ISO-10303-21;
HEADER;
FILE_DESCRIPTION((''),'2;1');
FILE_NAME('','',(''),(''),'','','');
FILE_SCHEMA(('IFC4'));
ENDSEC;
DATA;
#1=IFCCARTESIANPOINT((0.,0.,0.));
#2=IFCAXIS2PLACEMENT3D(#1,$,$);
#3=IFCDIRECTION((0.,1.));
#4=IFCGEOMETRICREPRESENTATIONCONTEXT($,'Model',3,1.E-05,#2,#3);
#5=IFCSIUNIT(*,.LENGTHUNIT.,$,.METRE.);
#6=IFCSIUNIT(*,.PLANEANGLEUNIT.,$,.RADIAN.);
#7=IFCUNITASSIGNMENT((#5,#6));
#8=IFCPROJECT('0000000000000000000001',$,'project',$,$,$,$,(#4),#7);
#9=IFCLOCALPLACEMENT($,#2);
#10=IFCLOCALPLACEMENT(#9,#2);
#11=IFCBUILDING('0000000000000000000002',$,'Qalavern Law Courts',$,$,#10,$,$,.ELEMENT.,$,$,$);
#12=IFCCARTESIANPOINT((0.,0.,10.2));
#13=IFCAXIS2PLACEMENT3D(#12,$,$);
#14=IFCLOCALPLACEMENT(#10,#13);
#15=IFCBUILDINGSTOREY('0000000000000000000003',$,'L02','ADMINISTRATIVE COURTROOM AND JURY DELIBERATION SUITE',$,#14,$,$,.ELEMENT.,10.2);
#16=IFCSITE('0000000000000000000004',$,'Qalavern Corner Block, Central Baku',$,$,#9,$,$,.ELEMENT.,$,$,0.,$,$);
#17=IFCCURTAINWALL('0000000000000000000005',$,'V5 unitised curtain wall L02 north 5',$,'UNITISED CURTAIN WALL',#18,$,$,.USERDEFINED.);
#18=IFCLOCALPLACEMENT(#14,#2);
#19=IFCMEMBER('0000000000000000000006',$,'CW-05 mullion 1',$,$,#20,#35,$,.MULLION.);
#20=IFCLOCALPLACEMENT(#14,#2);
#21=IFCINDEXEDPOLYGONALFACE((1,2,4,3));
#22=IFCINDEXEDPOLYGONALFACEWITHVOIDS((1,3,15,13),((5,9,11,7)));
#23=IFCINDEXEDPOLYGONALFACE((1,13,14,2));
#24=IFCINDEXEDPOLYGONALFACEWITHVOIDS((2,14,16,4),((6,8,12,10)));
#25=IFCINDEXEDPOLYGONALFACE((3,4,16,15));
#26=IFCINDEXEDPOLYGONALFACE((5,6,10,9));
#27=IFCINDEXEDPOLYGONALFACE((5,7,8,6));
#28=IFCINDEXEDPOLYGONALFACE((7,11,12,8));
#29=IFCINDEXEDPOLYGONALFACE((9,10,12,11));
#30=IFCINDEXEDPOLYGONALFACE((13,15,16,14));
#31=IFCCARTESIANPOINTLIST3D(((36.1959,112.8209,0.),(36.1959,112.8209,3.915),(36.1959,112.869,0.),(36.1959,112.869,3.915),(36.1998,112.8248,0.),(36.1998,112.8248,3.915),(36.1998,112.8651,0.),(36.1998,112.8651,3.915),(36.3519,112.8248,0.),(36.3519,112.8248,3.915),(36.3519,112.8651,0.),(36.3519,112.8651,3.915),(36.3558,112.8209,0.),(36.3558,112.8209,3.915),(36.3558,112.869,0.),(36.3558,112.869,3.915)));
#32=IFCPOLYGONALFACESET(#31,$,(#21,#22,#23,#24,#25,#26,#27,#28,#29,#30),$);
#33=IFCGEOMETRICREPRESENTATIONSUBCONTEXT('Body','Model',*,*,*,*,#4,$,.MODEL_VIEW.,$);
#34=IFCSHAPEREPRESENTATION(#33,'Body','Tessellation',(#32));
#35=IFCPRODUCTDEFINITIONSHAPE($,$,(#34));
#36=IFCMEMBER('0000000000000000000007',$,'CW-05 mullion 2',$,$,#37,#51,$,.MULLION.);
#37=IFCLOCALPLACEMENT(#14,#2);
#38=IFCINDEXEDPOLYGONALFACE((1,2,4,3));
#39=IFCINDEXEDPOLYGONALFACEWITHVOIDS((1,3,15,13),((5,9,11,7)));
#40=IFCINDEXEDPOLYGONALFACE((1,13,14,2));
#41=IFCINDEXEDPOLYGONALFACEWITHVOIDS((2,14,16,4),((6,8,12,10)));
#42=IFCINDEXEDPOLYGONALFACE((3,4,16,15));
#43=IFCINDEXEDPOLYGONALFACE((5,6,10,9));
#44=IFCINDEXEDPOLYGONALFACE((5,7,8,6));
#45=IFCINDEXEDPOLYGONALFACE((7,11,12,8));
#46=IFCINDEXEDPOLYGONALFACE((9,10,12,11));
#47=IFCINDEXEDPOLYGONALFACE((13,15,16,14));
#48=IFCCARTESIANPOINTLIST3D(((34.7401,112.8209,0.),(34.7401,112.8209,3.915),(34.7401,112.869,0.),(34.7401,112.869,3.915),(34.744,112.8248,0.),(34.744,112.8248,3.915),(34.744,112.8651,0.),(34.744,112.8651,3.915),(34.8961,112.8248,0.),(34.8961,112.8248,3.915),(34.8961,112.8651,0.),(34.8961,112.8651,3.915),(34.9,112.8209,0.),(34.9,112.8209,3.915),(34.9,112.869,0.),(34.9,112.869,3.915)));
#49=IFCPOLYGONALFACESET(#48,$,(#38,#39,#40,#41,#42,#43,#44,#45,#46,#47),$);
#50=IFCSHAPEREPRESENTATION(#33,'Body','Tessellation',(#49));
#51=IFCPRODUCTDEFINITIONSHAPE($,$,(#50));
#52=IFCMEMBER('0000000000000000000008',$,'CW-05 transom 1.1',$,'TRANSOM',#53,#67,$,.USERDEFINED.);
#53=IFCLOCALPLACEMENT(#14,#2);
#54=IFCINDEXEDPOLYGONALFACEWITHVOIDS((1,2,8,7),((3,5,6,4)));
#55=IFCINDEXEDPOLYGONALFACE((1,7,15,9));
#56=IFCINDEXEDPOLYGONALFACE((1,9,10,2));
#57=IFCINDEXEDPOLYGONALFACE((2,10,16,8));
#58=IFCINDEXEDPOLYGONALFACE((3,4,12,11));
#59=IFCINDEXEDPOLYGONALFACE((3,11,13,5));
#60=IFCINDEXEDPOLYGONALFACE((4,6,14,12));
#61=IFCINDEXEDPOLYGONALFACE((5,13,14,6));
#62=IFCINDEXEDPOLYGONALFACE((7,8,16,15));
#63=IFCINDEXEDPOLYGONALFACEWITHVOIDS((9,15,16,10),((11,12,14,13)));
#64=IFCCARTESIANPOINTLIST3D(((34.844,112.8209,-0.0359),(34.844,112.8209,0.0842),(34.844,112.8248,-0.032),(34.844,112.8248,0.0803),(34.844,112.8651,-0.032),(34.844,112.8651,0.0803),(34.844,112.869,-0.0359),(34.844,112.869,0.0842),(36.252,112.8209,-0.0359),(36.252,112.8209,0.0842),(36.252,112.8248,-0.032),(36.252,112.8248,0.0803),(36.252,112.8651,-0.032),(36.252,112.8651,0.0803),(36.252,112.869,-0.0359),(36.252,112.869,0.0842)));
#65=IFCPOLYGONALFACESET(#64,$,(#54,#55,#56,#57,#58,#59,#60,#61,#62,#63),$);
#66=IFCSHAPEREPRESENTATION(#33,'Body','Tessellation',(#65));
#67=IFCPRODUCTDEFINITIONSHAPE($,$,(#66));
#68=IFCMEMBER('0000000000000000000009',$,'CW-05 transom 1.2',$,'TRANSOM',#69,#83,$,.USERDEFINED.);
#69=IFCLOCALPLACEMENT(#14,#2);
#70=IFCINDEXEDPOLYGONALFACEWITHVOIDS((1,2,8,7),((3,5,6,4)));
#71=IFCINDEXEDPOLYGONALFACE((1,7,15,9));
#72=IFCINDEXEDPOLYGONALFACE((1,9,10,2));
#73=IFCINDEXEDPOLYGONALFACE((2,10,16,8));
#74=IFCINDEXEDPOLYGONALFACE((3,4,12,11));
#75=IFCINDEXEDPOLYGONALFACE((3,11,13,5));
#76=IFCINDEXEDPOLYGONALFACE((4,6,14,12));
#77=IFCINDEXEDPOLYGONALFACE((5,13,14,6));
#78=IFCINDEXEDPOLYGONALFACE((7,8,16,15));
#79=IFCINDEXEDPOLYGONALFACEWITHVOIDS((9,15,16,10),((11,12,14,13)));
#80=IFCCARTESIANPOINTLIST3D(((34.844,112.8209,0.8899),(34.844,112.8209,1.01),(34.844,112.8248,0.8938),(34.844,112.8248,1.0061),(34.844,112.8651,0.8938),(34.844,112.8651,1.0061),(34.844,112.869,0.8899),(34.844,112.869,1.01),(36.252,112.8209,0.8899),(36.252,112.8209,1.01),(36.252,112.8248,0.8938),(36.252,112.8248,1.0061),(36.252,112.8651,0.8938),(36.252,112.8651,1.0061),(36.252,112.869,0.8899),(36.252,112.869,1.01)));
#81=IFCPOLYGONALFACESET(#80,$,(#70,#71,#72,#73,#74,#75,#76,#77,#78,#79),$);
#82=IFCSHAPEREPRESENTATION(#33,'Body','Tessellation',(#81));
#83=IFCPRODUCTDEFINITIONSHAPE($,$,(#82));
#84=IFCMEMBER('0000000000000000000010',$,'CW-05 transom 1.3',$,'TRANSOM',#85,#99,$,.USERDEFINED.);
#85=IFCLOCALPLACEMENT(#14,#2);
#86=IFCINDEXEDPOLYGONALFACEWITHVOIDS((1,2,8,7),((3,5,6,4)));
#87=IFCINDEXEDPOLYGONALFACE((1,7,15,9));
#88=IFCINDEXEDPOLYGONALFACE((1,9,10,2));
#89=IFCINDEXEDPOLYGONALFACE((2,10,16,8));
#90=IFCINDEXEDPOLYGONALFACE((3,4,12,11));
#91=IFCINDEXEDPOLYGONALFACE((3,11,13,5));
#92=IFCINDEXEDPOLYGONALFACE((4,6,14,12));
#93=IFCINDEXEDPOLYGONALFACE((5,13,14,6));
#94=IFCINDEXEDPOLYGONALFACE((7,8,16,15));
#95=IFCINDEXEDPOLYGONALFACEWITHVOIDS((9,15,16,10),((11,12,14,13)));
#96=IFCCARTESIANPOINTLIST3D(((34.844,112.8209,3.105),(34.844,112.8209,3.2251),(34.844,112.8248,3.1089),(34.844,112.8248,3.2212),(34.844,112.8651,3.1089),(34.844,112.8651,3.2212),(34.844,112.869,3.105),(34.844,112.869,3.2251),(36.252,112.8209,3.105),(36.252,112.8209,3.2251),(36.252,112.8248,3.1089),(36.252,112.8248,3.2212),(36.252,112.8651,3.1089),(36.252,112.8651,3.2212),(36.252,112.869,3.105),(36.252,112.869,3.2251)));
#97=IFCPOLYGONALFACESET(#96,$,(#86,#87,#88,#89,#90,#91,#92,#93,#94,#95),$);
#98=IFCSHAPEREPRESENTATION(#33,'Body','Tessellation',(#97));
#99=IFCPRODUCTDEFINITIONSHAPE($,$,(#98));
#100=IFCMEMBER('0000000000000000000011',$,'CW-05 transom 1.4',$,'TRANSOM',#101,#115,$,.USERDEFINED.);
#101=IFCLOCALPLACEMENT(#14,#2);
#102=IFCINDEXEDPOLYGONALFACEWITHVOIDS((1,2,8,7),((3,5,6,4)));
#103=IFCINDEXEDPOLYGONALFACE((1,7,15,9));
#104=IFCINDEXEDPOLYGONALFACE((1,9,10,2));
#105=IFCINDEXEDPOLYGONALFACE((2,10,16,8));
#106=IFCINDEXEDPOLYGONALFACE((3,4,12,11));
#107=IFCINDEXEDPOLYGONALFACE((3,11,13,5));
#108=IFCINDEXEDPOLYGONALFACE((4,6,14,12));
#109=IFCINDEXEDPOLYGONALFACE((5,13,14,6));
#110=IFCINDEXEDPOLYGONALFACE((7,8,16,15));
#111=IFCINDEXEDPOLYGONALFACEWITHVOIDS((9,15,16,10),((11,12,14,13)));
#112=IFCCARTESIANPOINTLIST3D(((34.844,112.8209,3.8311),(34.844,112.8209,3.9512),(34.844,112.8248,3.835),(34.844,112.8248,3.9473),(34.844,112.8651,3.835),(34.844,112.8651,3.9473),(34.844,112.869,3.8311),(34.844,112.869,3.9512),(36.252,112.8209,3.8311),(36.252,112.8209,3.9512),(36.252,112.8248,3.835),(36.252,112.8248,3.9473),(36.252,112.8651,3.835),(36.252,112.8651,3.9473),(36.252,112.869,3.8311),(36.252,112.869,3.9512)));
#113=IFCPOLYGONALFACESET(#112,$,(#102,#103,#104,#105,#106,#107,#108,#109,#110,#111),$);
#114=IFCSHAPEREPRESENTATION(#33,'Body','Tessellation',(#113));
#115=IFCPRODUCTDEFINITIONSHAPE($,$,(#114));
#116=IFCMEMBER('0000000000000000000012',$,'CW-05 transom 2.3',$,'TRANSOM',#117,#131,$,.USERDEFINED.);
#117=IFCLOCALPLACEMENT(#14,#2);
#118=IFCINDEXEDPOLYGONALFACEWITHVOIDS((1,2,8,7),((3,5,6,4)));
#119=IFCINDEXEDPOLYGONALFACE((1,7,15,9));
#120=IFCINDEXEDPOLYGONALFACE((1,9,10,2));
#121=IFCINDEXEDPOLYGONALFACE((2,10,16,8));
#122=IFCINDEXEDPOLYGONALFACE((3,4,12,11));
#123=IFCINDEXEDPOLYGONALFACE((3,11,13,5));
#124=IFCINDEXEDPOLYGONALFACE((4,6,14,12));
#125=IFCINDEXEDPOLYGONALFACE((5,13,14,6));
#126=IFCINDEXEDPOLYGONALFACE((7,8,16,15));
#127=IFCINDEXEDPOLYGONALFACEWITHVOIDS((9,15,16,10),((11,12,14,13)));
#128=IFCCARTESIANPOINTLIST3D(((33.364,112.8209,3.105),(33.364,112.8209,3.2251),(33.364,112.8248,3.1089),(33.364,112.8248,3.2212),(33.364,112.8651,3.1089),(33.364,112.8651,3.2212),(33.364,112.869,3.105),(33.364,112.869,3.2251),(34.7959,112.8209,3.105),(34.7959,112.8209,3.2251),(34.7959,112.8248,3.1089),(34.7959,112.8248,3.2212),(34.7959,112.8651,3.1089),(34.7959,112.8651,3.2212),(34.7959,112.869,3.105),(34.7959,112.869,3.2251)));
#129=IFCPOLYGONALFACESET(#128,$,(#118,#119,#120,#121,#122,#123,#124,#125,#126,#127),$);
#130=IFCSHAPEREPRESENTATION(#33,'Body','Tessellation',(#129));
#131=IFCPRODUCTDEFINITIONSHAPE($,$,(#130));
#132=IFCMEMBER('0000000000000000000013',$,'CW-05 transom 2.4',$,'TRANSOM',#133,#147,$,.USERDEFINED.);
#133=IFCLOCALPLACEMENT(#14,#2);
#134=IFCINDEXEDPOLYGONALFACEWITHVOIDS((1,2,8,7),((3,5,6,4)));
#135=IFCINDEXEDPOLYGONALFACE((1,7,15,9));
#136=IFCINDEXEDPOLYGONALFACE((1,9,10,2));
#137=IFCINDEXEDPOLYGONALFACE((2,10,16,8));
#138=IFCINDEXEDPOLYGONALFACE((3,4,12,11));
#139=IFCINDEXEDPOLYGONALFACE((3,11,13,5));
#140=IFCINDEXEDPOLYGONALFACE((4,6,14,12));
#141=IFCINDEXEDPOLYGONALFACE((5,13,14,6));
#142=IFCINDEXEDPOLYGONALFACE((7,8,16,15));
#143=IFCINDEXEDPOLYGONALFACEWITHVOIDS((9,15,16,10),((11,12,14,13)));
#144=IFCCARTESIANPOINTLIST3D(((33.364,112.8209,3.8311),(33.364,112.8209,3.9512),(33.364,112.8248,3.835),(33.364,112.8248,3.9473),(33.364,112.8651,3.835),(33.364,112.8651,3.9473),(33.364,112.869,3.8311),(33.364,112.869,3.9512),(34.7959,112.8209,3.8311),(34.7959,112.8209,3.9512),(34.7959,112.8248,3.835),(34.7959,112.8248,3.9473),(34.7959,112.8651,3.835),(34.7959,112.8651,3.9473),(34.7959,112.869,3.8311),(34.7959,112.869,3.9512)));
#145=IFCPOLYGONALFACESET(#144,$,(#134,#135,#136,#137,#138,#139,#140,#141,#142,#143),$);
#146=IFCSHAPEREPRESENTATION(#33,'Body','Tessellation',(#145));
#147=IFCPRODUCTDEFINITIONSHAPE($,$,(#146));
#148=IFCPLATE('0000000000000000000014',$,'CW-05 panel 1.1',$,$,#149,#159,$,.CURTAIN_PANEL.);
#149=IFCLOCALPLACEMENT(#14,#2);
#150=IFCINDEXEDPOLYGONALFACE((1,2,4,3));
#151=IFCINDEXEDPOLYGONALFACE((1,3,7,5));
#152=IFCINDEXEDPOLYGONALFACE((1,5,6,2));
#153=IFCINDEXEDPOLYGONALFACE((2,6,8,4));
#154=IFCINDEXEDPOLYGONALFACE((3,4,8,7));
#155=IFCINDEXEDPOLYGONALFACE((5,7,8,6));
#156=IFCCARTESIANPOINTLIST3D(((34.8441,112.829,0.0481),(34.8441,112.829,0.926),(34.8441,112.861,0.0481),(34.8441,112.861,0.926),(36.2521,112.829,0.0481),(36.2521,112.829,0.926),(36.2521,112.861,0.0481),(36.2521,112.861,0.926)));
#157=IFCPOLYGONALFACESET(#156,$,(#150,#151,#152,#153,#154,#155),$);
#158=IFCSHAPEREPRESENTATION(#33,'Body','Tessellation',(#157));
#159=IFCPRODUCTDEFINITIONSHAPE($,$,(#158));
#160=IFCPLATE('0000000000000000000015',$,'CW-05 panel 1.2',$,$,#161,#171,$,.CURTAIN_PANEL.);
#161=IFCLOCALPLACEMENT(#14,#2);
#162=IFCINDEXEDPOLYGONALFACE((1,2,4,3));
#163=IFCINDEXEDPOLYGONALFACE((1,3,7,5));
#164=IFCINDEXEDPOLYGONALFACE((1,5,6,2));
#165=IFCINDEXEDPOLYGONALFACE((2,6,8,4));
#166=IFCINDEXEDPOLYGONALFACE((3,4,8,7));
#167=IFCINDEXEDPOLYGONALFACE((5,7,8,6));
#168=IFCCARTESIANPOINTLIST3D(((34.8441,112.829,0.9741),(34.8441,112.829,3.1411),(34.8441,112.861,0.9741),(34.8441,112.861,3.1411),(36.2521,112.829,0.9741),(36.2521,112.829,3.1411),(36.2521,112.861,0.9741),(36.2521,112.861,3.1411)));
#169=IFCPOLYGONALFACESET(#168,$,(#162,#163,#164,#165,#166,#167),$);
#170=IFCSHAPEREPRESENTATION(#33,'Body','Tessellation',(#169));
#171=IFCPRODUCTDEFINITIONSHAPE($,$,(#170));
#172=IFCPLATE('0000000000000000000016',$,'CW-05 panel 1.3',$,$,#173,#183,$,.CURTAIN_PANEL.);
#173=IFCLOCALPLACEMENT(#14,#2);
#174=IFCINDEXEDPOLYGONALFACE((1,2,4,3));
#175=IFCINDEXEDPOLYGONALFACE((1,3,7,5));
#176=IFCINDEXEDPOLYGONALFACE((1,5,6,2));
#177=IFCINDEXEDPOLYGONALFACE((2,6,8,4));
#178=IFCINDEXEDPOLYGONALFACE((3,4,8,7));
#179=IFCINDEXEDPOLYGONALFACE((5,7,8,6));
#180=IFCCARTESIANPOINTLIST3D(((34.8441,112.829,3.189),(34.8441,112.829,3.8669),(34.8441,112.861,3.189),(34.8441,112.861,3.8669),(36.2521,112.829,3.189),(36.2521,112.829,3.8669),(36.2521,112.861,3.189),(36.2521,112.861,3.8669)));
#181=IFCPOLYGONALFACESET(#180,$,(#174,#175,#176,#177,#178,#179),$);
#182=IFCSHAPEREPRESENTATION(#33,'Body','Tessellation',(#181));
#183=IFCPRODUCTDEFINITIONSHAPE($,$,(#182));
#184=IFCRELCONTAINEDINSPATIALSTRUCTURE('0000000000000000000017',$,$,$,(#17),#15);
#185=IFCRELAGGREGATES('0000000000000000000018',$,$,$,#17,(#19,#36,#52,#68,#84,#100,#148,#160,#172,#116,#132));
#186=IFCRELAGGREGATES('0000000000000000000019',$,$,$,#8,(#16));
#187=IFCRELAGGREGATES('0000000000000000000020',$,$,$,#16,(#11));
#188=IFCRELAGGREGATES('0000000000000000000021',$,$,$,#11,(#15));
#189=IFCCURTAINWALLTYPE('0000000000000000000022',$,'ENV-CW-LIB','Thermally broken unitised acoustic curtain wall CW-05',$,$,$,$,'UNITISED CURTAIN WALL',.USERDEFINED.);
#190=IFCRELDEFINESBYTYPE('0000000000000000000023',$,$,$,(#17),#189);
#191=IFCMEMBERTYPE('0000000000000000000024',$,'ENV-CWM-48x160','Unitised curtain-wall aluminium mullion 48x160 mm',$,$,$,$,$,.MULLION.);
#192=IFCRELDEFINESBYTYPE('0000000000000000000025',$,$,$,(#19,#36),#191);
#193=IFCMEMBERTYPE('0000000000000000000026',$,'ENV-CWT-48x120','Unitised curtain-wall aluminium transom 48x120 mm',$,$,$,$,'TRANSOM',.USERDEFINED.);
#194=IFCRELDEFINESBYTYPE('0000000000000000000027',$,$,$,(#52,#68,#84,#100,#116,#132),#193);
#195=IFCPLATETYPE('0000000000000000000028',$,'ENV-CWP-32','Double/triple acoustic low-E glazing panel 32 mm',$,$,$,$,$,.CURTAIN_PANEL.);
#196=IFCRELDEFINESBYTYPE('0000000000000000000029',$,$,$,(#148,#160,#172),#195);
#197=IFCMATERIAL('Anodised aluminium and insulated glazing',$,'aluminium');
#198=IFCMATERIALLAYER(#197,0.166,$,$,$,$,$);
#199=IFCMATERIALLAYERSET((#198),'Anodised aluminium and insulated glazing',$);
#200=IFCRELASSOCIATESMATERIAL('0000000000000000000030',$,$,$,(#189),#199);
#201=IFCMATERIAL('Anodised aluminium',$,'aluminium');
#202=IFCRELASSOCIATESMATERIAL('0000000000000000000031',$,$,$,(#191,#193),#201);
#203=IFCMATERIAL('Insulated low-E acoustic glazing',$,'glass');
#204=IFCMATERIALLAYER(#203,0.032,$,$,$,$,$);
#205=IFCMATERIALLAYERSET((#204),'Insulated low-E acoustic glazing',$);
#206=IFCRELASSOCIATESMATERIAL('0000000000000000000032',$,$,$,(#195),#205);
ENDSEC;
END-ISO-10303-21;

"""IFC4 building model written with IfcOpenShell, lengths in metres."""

from ifc_helpers import new_model, si_unit, direction, frame, origin, origin_2d, place, context, subcontext, project, spatial, rectangle, hollow_rectangle, extrude, material, layer, layer_set, material_profile, profile_set, type_object, element, aggregate, save


model = new_model("IFC4")

# Units and contexts
model_context = context("Model", 3, precision=1e-05, world=origin(), true_north=direction((0.0, 1.0)))
body_context = subcontext(model_context, "Body", "Model", "MODEL_VIEW")
ifc_project = project(units=[si_unit("LENGTHUNIT", "METRE"), si_unit("PLANEANGLEUNIT", "RADIAN")], contexts=[model_context])

# Site, building, storey
site_placement = place(None, origin())
site = spatial("IfcSite", under=ifc_project, at=site_placement, Name="Qalavern Corner Block, Central Baku", CompositionType="ELEMENT", RefElevation=0.0)
building_placement = place(site_placement, origin())
building = spatial("IfcBuilding", under=site, at=building_placement, Name="Qalavern Law Courts", CompositionType="ELEMENT")
storey_placement = place(building_placement, frame((0.0, 0.0, 10.2)))
storey = spatial("IfcBuildingStorey", under=building, at=storey_placement, Name="L02", Description="ADMINISTRATIVE COURTROOM AND JURY DELIBERATION SUITE", CompositionType="ELEMENT", Elevation=10.2)

# Curtain wall, members, plates
ifc_material_1 = material(Name="Anodised aluminium and insulated glazing", Category="aluminium")
ifc_layer_1 = layer(ifc_material_1, 0.166)
ifc_layer_set_1 = layer_set([ifc_layer_1], Name="Anodised aluminium and insulated glazing")
curtain_wall_type = type_object("IfcCurtainWallType", Name="ENV-CW-LIB", Description="Thermally broken unitised acoustic curtain wall CW-05", ElementType="UNITISED CURTAIN WALL", PredefinedType="USERDEFINED", material=ifc_layer_set_1)
curtain_wall_placement = place(storey_placement, origin())
curtain_wall = element("IfcCurtainWall", 1, at=curtain_wall_placement, inside=storey, type_object=curtain_wall_type, Name="V5 unitised curtain wall L02 north 5", ObjectType="UNITISED CURTAIN WALL", PredefinedType="USERDEFINED")
ifc_material_2 = material(Name="Anodised aluminium", Category="aluminium")
ifc_material_profile_1 = material_profile(ifc_material_2, hollow_rectangle(XDim=0.0481, YDim=0.1599, WallThickness=0.0039, at=origin_2d()), Name="ALU MULLION 48x160")
ifc_profile_set_1 = profile_set([ifc_material_profile_1], Name="Anodised aluminium")
member_type_1 = type_object("IfcMemberType", Name="ENV-CWM-48x160", Description="Unitised curtain-wall aluminium mullion 48x160 mm", PredefinedType="MULLION", material=ifc_profile_set_1)
member_1_placement = place(storey_placement, frame((36.2759, 112.845, 0.0), z_axis=(0.0, 0.0, 1.0), x_axis=(0.0, -1.0, 0.0)))
member_1 = element("IfcMember", 2, at=member_1_placement, type_object=member_type_1, Name="CW-05 mullion 1", PredefinedType="MULLION", context=body_context, shape_type="SweptSolid", body=[
    extrude(hollow_rectangle(XDim=0.0481, YDim=0.1599, WallThickness=0.0039, at=origin_2d()), origin(), (0.0, 0.0, 1.0), 3.915),
])
member_2_placement = place(storey_placement, frame((34.8201, 112.845, 0.0), z_axis=(0.0, 0.0, 1.0), x_axis=(0.0, -1.0, 0.0)))
member_2 = element("IfcMember", 3, at=member_2_placement, type_object=member_type_1, Name="CW-05 mullion 2", PredefinedType="MULLION", context=body_context, shape_type="SweptSolid", body=[
    extrude(hollow_rectangle(XDim=0.0481, YDim=0.1599, WallThickness=0.0039, at=origin_2d()), origin(), (0.0, 0.0, 1.0), 3.915),
])
ifc_material_profile_2 = material_profile(ifc_material_2, hollow_rectangle(XDim=0.0481, YDim=0.1201, WallThickness=0.0039, at=origin_2d()), Name="ALU TRANSOM 48x120")
ifc_profile_set_2 = profile_set([ifc_material_profile_2], Name="Anodised aluminium")
member_type_2 = type_object("IfcMemberType", Name="ENV-CWT-48x120", Description="Unitised curtain-wall aluminium transom 48x120 mm", ElementType="TRANSOM", PredefinedType="USERDEFINED", material=ifc_profile_set_2)
member_3_placement = place(storey_placement, frame((36.252, 112.845, 0.0242), z_axis=(-1.0, 0.0, 0.0), x_axis=(0.0, -1.0, 0.0)))
member_3 = element("IfcMember", 4, at=member_3_placement, type_object=member_type_2, Name="CW-05 transom 1.1", ObjectType="TRANSOM", PredefinedType="USERDEFINED", context=body_context, shape_type="SweptSolid", body=[
    extrude(hollow_rectangle(XDim=0.0481, YDim=0.1201, WallThickness=0.0039, at=origin_2d()), origin(), (0.0, 0.0, 1.0), 1.408),
])
member_4_placement = place(storey_placement, frame((36.252, 112.845, 0.95), z_axis=(-1.0, 0.0, 0.0), x_axis=(0.0, -1.0, 0.0)))
member_4 = element("IfcMember", 5, at=member_4_placement, type_object=member_type_2, Name="CW-05 transom 1.2", ObjectType="TRANSOM", PredefinedType="USERDEFINED", context=body_context, shape_type="SweptSolid", body=[
    extrude(hollow_rectangle(XDim=0.0481, YDim=0.1201, WallThickness=0.0039, at=origin_2d()), origin(), (0.0, 0.0, 1.0), 1.408),
])
member_5_placement = place(storey_placement, frame((36.252, 112.845, 3.165), z_axis=(-1.0, 0.0, 0.0), x_axis=(0.0, -1.0, 0.0)))
member_5 = element("IfcMember", 6, at=member_5_placement, type_object=member_type_2, Name="CW-05 transom 1.3", ObjectType="TRANSOM", PredefinedType="USERDEFINED", context=body_context, shape_type="SweptSolid", body=[
    extrude(hollow_rectangle(XDim=0.0481, YDim=0.1201, WallThickness=0.0039, at=origin_2d()), origin(), (0.0, 0.0, 1.0), 1.408),
])
member_6_placement = place(storey_placement, frame((36.252, 112.845, 3.8911), z_axis=(-1.0, 0.0, 0.0), x_axis=(0.0, -1.0, 0.0)))
member_6 = element("IfcMember", 7, at=member_6_placement, type_object=member_type_2, Name="CW-05 transom 1.4", ObjectType="TRANSOM", PredefinedType="USERDEFINED", context=body_context, shape_type="SweptSolid", body=[
    extrude(hollow_rectangle(XDim=0.0481, YDim=0.1201, WallThickness=0.0039, at=origin_2d()), origin(), (0.0, 0.0, 1.0), 1.408),
])
member_7_placement = place(storey_placement, frame((34.7959, 112.845, 3.165), z_axis=(-1.0, 0.0, 0.0), x_axis=(0.0, -1.0, 0.0)))
member_7 = element("IfcMember", 8, at=member_7_placement, type_object=member_type_2, Name="CW-05 transom 2.3", ObjectType="TRANSOM", PredefinedType="USERDEFINED", context=body_context, shape_type="SweptSolid", body=[
    extrude(hollow_rectangle(XDim=0.0481, YDim=0.1201, WallThickness=0.0039, at=origin_2d()), origin(), (0.0, 0.0, 1.0), 1.4319),
])
member_8_placement = place(storey_placement, frame((34.7959, 112.845, 3.8911), z_axis=(-1.0, 0.0, 0.0), x_axis=(0.0, -1.0, 0.0)))
member_8 = element("IfcMember", 9, at=member_8_placement, type_object=member_type_2, Name="CW-05 transom 2.4", ObjectType="TRANSOM", PredefinedType="USERDEFINED", context=body_context, shape_type="SweptSolid", body=[
    extrude(hollow_rectangle(XDim=0.0481, YDim=0.1201, WallThickness=0.0039, at=origin_2d()), origin(), (0.0, 0.0, 1.0), 1.4319),
])
ifc_material_3 = material(Name="Insulated low-E acoustic glazing", Category="glass")
ifc_layer_2 = layer(ifc_material_3, 0.032)
ifc_layer_set_2 = layer_set([ifc_layer_2], Name="Insulated low-E acoustic glazing")
plate_type = type_object("IfcPlateType", Name="ENV-CWP-32", Description="Double/triple acoustic low-E glazing panel 32 mm", PredefinedType="CURTAIN_PANEL", material=ifc_layer_set_2)
plate_1_placement = place(storey_placement, frame((35.5481, 112.845, 0.0481), z_axis=(0.0, 0.0, 1.0), x_axis=(-1.0, 0.0, 0.0)))
plate_1 = element("IfcPlate", 10, at=plate_1_placement, type_object=plate_type, Name="CW-05 panel 1.1", PredefinedType="CURTAIN_PANEL", context=body_context, shape_type="SweptSolid", body=[
    extrude(rectangle(XDim=1.408, YDim=0.032, at=origin_2d()), origin(), (0.0, 0.0, 1.0), 0.8779),
])
plate_2_placement = place(storey_placement, frame((35.5481, 112.845, 0.9741), z_axis=(0.0, 0.0, 1.0), x_axis=(-1.0, 0.0, 0.0)))
plate_2 = element("IfcPlate", 11, at=plate_2_placement, type_object=plate_type, Name="CW-05 panel 1.2", PredefinedType="CURTAIN_PANEL", context=body_context, shape_type="SweptSolid", body=[
    extrude(rectangle(XDim=1.408, YDim=0.032, at=origin_2d()), origin(), (0.0, 0.0, 1.0), 2.167),
])
plate_3_placement = place(storey_placement, frame((35.5481, 112.845, 3.189), z_axis=(0.0, 0.0, 1.0), x_axis=(-1.0, 0.0, 0.0)))
plate_3 = element("IfcPlate", 12, at=plate_3_placement, type_object=plate_type, Name="CW-05 panel 1.3", PredefinedType="CURTAIN_PANEL", context=body_context, shape_type="SweptSolid", body=[
    extrude(rectangle(XDim=1.408, YDim=0.032, at=origin_2d()), origin(), (0.0, 0.0, 1.0), 0.678),
])
aggregate(curtain_wall, [member_1, member_2, member_3, member_4, member_5, member_6, plate_1, plate_2, plate_3, member_7, member_8])

save(model, "model.ifc")
